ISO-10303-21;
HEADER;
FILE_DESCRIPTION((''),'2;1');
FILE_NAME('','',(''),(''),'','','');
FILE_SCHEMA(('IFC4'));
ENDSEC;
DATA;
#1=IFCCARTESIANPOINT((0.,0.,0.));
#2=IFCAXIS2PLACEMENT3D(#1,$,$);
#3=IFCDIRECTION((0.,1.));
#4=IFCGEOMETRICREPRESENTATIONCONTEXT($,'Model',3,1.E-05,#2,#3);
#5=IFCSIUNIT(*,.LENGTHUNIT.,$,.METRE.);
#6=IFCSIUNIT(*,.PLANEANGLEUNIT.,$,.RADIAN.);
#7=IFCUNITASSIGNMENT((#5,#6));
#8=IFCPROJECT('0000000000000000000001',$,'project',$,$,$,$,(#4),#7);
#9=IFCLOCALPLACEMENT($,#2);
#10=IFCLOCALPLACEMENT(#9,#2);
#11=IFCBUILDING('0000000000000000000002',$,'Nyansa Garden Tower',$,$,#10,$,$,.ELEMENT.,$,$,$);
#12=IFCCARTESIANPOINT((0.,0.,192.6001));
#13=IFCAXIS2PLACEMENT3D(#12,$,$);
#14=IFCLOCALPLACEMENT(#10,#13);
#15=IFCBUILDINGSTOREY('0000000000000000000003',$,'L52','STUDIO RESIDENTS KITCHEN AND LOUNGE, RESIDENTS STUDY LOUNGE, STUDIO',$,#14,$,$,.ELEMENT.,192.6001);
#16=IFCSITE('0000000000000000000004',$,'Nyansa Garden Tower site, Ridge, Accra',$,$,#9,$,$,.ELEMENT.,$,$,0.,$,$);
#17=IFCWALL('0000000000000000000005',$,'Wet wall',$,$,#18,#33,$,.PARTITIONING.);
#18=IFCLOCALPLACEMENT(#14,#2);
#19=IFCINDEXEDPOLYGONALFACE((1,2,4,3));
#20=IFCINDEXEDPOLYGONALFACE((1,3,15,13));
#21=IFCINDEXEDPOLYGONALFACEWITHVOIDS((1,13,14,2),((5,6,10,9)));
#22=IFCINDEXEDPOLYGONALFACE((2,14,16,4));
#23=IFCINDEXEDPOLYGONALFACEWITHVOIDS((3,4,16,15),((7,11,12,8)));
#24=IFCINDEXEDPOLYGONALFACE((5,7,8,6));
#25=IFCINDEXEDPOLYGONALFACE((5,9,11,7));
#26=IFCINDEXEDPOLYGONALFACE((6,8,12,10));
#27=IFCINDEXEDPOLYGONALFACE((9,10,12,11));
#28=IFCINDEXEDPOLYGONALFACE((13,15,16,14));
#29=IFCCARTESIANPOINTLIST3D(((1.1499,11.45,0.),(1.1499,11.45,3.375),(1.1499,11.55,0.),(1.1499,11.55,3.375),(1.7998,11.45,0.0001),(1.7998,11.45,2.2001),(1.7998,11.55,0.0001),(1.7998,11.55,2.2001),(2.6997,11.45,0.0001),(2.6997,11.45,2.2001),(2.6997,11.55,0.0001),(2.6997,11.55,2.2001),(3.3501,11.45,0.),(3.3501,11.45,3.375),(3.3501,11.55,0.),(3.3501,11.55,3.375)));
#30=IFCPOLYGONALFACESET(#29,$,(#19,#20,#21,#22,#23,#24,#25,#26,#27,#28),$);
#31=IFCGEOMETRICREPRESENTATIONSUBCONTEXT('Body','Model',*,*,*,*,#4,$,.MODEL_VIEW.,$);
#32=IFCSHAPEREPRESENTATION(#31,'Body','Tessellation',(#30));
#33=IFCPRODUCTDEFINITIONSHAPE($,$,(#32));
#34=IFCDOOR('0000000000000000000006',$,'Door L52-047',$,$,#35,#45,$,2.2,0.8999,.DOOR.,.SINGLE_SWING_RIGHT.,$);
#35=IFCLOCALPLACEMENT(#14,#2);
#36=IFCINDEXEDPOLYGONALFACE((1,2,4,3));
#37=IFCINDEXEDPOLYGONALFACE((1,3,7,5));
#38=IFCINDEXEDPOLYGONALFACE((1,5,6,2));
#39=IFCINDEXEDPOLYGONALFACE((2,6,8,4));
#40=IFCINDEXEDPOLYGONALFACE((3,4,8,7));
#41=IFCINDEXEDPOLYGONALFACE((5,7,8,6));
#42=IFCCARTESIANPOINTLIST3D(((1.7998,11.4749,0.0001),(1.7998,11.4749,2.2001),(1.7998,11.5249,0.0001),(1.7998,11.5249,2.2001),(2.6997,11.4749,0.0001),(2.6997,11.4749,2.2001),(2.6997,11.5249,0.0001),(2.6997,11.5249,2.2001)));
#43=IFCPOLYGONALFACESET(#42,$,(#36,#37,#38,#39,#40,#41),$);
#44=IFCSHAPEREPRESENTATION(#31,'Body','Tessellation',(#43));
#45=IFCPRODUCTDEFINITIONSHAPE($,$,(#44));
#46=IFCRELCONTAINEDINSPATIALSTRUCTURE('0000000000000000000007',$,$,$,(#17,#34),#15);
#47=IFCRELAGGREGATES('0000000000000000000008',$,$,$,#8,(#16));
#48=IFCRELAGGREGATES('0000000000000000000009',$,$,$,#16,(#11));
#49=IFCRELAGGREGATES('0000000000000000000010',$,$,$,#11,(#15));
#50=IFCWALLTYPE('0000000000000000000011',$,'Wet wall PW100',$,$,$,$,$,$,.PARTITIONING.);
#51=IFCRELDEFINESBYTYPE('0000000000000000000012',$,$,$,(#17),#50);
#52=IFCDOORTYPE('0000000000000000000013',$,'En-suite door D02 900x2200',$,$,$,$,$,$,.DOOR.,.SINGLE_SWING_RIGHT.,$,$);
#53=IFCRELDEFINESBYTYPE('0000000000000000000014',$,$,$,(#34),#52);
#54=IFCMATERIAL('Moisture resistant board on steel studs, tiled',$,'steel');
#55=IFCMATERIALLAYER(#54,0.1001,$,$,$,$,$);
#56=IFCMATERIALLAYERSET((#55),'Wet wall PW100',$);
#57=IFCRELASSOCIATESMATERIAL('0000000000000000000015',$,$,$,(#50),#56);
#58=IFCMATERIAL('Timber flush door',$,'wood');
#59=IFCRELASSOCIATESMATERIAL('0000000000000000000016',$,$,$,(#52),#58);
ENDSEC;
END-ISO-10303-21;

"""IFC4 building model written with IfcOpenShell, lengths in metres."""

from ifc_helpers import new_model, si_unit, direction, frame, frame_2d, origin, place, context, subcontext, project, spatial, rectangle, extrude, material, layer, layer_set, type_object, element, fill, save


model = new_model("IFC4")

# Units and contexts
model_context = context("Model", 3, precision=1e-05, world=origin(), true_north=direction((0.0, 1.0)))
body_context = subcontext(model_context, "Body", "Model", "MODEL_VIEW")
ifc_project = project(units=[si_unit("LENGTHUNIT", "METRE"), si_unit("PLANEANGLEUNIT", "RADIAN")], contexts=[model_context])

# Site, building, storey
site_placement = place(None, origin())
site = spatial("IfcSite", under=ifc_project, at=site_placement, Name="Nyansa Garden Tower site, Ridge, Accra", CompositionType="ELEMENT", RefElevation=0.0)
building_placement = place(site_placement, origin())
building = spatial("IfcBuilding", under=site, at=building_placement, Name="Nyansa Garden Tower", CompositionType="ELEMENT")
storey_placement = place(building_placement, frame((0.0, 0.0, 192.6001)))
storey = spatial("IfcBuildingStorey", under=building, at=storey_placement, Name="L52", Description="STUDIO RESIDENTS KITCHEN AND LOUNGE, RESIDENTS STUDY LOUNGE, STUDIO", CompositionType="ELEMENT", Elevation=192.6001)

# Shared definitions
ifc_material_1 = material(Name="Moisture resistant board on steel studs, tiled", Category="steel")
ifc_layer_1 = layer(ifc_material_1, 0.1001)
ifc_layer_set_1 = layer_set([ifc_layer_1], Name="Wet wall PW100")
wall_type_1 = type_object("IfcWallType", Name="Wet wall PW100", PredefinedType="PARTITIONING", material=ifc_layer_set_1)

# Wall, opening, door
wall_1_placement = place(storey_placement, frame((1.1499, 11.5, 0.0), z_axis=(0.0, 0.0, 1.0), x_axis=(1.0, 0.0, 0.0)))
wall_1 = element("IfcWall", 1, at=wall_1_placement, inside=storey, type_object=wall_type_1, Name="Wet wall", PredefinedType="PARTITIONING", context=body_context, shape_type="SweptSolid", body=[
    extrude(rectangle(XDim=2.2002, YDim=0.1001, at=frame_2d((1.1001, 0.0))), origin(), (0.0, 0.0, 1.0), 3.375),
])
opening_1_placement = place(wall_1_placement, frame((0.6499, 0.0, 0.0)))
opening_1 = element("IfcOpeningElement", 2, at=opening_1_placement, cuts=wall_1, PredefinedType="OPENING", context=body_context, shape_type="SweptSolid", body=[
    extrude(rectangle(XDim=0.8999, YDim=2.2, at=frame_2d((0.45, 1.1001))), frame((0.0, 0.0601, 0.0), z_axis=(0.0, -1.0, 0.0), x_axis=(1.0, 0.0, 0.0)), (0.0, 0.0, 1.0), 0.1201),
])
ifc_material_2 = material(Name="Timber flush door", Category="wood")
door_type_1 = type_object("IfcDoorType", Name="En-suite door D02 900x2200", OperationType="SINGLE_SWING_RIGHT", PredefinedType="DOOR", material=ifc_material_2)
door_1_placement = place(opening_1_placement, origin())
door_1 = element("IfcDoor", 3, at=door_1_placement, inside=storey, type_object=door_type_1, Name="Door L52-047", OperationType="SINGLE_SWING_RIGHT", OverallHeight=2.2, OverallWidth=0.8999, PredefinedType="DOOR", context=body_context, shape_type="SweptSolid", body=[
    extrude(rectangle(XDim=0.8999, YDim=2.2, at=frame_2d((0.45, 1.1001))), frame((0.0, 0.0249, 0.0), z_axis=(0.0, -1.0, 0.0), x_axis=(1.0, 0.0, 0.0)), (0.0, 0.0, 1.0), 0.05),
])
fill(opening_1, door_1)

save(model, "model.ifc")
